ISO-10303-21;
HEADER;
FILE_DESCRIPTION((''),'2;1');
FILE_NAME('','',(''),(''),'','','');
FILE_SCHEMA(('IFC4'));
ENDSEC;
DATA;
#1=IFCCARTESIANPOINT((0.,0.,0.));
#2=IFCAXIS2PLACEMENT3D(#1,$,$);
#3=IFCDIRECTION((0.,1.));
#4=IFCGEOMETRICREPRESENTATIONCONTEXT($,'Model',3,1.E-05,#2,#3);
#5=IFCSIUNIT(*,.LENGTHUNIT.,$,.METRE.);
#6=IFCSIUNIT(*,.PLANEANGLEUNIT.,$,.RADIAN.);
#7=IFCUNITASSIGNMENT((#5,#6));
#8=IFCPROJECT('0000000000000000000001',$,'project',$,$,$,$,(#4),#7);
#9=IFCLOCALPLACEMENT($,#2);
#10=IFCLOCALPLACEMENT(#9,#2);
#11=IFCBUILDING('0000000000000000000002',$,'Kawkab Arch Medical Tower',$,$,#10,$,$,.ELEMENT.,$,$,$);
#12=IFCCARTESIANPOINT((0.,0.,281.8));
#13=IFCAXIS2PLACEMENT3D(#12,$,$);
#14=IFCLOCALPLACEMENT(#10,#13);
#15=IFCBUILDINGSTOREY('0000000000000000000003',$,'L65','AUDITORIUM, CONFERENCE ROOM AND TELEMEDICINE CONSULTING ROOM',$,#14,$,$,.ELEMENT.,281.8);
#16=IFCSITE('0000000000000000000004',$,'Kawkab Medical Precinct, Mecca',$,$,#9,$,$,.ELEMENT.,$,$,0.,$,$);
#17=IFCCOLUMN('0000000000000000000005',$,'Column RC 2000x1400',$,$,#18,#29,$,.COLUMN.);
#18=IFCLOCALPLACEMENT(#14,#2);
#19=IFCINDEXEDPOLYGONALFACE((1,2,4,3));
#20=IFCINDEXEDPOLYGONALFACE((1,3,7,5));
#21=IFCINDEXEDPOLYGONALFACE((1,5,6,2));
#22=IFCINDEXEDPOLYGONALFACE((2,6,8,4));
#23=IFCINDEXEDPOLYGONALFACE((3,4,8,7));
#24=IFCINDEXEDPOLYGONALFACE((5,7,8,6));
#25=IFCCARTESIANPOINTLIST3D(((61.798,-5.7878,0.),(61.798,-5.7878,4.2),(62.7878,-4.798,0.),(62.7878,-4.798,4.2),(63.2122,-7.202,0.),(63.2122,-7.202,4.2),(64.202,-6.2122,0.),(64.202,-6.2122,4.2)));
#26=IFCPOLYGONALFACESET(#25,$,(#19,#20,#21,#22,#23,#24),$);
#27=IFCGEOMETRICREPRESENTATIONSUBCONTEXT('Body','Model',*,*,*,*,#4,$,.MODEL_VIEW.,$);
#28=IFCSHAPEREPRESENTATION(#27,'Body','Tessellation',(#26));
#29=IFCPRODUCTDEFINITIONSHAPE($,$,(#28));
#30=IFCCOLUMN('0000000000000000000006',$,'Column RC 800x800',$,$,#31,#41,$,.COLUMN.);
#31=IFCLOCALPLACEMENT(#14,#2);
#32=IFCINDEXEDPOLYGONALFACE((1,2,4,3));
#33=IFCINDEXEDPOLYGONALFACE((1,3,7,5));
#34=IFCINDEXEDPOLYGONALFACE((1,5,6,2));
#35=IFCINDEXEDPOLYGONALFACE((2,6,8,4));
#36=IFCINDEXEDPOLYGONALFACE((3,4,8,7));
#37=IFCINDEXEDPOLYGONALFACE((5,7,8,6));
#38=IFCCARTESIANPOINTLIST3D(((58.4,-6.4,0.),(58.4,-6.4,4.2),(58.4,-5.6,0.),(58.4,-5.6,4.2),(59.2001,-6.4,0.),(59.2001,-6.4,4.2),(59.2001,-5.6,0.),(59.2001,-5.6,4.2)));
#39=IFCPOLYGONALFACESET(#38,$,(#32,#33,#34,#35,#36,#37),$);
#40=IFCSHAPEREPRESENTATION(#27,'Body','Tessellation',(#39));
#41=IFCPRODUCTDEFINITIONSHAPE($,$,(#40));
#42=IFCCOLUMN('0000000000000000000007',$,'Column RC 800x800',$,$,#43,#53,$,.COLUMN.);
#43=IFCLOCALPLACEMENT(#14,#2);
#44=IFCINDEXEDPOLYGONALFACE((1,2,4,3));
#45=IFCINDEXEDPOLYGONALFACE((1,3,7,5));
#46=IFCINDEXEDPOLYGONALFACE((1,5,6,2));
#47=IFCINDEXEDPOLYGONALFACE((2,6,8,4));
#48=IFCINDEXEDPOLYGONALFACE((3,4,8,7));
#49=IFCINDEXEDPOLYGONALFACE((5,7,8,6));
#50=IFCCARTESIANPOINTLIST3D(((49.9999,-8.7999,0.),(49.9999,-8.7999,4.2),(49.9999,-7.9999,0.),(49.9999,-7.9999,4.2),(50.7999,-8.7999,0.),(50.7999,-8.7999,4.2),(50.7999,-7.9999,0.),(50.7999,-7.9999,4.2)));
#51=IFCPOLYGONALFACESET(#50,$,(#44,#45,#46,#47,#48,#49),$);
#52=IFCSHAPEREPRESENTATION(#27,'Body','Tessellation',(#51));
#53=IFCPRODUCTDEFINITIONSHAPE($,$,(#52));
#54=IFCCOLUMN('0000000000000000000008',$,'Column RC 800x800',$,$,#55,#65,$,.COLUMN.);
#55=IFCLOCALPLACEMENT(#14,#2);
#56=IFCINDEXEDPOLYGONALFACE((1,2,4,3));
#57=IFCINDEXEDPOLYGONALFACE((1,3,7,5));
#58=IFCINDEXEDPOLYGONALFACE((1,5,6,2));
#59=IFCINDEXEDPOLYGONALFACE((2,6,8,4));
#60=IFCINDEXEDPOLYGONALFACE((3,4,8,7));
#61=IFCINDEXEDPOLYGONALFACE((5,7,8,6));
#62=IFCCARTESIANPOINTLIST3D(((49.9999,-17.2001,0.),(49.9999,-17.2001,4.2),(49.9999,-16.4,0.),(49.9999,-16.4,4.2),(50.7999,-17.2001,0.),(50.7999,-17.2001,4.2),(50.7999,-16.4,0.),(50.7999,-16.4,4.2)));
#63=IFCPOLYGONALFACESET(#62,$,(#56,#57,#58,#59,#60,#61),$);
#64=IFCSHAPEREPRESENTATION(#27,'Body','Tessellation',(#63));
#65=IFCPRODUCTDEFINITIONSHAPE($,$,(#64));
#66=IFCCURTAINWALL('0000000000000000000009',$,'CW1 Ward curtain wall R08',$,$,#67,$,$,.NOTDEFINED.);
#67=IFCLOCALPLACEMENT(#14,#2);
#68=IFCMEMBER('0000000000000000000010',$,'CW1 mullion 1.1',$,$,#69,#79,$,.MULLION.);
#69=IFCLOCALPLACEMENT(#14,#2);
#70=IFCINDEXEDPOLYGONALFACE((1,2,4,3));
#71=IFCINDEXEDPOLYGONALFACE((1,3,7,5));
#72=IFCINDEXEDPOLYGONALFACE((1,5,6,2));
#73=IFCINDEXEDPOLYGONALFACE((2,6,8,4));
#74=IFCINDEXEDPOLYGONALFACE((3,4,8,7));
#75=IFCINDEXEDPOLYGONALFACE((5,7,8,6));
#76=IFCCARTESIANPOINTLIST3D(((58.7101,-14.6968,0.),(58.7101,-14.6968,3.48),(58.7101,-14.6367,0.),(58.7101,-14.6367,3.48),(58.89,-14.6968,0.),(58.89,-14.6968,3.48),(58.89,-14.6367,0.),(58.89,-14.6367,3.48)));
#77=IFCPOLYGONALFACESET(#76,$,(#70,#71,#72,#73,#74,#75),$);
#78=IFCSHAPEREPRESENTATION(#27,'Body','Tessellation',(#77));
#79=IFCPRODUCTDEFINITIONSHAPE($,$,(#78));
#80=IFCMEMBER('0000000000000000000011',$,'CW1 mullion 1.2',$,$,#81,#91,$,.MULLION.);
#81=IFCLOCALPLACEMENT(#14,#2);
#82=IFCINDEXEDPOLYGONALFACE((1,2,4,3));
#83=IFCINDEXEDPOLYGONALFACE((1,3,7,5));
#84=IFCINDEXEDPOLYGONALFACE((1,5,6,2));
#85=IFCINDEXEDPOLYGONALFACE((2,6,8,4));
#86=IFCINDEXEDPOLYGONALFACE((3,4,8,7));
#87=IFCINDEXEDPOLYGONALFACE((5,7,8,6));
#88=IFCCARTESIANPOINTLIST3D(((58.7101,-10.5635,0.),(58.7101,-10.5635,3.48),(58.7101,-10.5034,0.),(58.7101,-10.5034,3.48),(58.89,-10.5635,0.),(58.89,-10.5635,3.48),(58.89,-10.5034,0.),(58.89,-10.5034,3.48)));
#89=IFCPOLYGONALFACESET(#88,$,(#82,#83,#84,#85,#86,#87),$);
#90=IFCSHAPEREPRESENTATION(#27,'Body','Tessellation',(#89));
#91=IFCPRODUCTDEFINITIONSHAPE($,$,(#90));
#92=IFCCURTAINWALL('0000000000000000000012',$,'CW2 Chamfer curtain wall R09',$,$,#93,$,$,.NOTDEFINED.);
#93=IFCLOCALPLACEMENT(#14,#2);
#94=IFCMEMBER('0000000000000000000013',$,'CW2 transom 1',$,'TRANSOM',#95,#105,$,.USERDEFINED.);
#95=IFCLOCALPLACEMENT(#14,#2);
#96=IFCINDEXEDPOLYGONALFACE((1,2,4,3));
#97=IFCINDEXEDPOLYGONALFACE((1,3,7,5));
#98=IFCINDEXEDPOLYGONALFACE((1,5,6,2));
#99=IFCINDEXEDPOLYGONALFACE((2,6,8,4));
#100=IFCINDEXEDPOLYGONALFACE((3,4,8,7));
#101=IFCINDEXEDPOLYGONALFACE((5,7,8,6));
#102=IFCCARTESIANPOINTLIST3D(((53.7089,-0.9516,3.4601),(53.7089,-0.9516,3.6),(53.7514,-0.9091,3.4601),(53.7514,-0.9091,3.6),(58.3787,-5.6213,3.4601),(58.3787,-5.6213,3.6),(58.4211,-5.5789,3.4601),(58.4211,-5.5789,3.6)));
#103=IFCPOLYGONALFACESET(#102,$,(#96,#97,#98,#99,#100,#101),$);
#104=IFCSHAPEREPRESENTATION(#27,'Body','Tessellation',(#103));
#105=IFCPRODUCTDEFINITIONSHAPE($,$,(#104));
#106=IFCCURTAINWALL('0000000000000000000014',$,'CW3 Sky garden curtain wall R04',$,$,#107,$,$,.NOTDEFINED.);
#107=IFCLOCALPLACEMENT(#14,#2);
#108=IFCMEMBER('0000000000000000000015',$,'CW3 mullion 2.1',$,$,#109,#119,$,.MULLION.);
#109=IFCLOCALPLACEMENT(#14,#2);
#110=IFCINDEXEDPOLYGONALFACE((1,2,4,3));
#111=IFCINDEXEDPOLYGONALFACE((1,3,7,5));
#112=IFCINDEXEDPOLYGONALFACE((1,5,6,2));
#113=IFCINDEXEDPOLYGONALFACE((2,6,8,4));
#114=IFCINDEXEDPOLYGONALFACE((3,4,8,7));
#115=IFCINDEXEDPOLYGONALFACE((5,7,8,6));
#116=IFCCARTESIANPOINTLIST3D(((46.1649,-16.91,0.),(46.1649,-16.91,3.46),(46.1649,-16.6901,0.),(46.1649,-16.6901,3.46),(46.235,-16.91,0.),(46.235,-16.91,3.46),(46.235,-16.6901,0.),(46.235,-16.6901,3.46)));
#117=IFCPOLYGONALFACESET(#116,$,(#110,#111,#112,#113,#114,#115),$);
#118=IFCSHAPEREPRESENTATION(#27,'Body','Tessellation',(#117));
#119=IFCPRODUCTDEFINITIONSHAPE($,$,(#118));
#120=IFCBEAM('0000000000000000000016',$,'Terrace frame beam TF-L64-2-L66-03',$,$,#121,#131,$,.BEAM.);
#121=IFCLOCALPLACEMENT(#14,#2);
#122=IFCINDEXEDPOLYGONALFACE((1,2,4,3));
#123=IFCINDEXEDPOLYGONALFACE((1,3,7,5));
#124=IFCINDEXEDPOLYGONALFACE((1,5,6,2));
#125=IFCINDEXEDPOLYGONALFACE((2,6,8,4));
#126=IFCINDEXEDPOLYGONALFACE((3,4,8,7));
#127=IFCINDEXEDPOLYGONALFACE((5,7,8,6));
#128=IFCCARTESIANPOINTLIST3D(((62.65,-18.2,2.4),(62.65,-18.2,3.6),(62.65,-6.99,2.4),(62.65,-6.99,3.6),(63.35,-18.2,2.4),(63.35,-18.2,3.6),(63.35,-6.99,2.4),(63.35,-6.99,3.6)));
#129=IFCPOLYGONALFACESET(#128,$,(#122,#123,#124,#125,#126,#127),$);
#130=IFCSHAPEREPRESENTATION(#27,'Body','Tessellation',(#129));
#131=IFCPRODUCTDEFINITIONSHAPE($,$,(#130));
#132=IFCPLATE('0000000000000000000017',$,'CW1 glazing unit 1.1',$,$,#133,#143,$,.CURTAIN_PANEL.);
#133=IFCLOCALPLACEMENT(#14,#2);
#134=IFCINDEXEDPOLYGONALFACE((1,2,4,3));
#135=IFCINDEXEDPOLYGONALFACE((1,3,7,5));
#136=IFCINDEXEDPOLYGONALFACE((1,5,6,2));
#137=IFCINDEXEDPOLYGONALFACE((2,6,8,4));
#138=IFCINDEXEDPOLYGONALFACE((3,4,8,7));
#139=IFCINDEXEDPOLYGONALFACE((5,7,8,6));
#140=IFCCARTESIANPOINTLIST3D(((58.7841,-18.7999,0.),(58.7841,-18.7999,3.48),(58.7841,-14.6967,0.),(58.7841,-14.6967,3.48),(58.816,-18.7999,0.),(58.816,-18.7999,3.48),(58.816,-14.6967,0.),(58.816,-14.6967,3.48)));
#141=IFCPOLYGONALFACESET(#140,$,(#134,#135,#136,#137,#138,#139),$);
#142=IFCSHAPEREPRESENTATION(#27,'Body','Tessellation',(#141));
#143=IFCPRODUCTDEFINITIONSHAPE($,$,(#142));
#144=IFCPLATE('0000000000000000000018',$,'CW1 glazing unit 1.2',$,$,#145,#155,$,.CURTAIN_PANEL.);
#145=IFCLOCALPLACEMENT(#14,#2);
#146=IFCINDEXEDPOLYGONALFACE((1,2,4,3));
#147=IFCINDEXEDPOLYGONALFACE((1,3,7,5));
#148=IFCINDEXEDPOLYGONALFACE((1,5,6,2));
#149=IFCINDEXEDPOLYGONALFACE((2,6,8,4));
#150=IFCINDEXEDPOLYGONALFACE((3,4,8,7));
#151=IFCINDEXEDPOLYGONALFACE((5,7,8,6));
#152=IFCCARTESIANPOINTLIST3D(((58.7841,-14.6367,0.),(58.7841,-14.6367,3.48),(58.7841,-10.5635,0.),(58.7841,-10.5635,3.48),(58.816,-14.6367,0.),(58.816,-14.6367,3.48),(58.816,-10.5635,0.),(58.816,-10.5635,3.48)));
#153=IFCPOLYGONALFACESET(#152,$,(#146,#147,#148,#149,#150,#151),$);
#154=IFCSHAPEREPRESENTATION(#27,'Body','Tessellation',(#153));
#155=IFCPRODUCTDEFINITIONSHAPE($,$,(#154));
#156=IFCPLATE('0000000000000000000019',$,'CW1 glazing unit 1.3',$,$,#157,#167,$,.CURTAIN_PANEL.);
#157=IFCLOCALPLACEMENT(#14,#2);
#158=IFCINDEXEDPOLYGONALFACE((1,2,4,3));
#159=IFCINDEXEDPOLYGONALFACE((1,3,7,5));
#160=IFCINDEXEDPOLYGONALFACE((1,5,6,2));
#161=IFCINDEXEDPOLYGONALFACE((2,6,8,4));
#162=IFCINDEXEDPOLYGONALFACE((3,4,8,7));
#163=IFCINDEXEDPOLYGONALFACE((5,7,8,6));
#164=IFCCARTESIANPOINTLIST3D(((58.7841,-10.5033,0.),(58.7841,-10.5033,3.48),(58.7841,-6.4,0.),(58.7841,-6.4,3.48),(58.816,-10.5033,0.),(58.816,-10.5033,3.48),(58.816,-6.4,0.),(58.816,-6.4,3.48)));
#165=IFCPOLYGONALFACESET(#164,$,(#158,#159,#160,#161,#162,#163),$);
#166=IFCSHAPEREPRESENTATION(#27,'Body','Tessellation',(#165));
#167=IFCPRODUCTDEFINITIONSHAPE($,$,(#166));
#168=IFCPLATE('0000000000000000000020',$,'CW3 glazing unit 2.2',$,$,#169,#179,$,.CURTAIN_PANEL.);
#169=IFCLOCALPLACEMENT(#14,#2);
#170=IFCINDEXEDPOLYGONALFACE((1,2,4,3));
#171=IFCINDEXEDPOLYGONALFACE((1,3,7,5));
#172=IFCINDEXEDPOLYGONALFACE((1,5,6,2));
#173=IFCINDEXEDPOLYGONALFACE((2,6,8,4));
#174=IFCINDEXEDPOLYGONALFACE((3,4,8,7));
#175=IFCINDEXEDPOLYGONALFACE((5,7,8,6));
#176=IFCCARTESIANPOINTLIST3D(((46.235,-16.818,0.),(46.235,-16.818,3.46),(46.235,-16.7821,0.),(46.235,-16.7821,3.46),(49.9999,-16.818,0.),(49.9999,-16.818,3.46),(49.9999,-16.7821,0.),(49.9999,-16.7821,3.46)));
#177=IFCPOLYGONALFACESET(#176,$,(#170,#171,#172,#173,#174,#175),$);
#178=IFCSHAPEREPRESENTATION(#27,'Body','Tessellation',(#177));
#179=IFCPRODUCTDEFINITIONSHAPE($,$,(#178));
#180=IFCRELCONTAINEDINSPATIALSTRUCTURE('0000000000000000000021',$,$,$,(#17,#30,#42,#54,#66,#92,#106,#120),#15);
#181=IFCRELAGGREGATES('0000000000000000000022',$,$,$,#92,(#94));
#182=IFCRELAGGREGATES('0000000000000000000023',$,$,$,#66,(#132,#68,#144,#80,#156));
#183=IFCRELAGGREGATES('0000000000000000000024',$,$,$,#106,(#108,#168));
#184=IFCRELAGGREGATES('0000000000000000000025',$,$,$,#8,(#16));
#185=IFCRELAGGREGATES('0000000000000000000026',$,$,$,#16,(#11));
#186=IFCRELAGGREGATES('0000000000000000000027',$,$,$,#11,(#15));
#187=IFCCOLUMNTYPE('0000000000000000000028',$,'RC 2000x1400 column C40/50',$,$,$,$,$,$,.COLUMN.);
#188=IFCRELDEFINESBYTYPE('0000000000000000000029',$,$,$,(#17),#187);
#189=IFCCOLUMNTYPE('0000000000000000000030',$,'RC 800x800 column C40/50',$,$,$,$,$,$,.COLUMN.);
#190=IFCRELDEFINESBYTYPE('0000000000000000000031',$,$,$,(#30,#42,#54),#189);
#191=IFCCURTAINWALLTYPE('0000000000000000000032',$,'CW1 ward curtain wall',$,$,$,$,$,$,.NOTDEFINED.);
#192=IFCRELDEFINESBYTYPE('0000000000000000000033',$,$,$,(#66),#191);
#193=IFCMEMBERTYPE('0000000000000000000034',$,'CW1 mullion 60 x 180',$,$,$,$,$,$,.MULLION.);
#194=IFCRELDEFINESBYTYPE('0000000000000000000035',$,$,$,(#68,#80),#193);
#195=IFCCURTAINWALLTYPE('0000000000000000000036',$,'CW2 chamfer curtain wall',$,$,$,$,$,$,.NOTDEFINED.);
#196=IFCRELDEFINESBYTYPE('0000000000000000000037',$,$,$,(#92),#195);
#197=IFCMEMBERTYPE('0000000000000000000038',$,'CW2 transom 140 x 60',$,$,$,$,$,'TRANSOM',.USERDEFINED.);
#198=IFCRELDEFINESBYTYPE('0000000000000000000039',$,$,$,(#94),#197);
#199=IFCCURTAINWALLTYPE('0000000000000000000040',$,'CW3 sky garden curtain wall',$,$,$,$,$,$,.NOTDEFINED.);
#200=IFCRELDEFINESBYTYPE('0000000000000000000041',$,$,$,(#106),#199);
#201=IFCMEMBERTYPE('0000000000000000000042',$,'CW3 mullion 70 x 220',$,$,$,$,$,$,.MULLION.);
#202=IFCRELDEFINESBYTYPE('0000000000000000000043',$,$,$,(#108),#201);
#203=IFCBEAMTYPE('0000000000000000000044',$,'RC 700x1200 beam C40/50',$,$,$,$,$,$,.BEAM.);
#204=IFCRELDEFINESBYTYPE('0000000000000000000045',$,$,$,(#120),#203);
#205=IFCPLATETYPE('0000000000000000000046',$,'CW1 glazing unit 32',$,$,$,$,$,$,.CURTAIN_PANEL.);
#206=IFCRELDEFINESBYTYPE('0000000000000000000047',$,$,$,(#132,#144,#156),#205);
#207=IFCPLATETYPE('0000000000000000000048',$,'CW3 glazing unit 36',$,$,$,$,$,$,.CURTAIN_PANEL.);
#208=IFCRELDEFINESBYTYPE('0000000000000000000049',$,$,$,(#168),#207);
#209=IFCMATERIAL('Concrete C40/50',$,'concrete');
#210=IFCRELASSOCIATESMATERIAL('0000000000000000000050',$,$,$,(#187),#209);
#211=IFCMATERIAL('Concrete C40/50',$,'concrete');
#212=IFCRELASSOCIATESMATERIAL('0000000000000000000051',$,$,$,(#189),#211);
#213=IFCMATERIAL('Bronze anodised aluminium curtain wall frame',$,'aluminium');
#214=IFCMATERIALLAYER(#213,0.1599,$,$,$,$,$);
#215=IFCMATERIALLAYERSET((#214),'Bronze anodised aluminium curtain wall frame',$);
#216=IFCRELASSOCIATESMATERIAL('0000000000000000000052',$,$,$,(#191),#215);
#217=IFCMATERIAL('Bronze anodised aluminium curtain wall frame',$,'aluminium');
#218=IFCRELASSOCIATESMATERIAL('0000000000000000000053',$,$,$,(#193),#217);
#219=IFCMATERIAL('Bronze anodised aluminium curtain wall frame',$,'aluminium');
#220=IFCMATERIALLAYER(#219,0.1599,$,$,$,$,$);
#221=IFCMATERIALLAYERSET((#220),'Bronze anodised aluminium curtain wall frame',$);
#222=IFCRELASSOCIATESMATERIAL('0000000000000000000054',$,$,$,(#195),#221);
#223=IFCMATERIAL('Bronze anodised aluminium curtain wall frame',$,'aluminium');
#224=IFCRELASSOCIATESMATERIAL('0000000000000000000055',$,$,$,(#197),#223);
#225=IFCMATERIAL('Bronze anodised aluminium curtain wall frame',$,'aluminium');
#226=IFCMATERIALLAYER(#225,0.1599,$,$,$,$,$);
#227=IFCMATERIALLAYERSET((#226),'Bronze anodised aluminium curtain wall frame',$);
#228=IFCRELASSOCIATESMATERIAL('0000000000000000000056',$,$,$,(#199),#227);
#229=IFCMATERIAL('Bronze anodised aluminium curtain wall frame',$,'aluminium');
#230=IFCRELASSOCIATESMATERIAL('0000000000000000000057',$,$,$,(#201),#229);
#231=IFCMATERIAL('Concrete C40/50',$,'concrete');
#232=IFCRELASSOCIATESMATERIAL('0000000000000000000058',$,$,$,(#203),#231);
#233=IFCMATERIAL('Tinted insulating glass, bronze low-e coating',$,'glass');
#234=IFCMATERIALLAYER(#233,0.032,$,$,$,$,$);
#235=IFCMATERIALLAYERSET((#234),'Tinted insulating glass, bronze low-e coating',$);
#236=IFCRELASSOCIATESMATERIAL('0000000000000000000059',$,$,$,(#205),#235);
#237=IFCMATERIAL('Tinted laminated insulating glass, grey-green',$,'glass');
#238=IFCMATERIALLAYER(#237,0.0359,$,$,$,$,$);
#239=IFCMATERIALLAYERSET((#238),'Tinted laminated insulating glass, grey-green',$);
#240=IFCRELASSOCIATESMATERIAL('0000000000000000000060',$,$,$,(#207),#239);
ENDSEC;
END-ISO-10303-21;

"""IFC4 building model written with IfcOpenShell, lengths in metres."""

from ifc_helpers import new_model, si_unit, direction, frame, origin, origin_2d, place, context, subcontext, project, spatial, rectangle, extrude, material, layer, layer_set, material_profile, profile_set, type_object, element, aggregate, save


model = new_model("IFC4")

# Units and contexts
model_context = context("Model", 3, precision=1e-05, world=origin(), true_north=direction((0.0, 1.0)))
body_context = subcontext(model_context, "Body", "Model", "MODEL_VIEW")
ifc_project = project(units=[si_unit("LENGTHUNIT", "METRE"), si_unit("PLANEANGLEUNIT", "RADIAN")], contexts=[model_context])

# Site, building, storey
site_placement = place(None, origin())
site = spatial("IfcSite", under=ifc_project, at=site_placement, Name="Kawkab Medical Precinct, Mecca", CompositionType="ELEMENT", RefElevation=0.0)
building_placement = place(site_placement, origin())
building = spatial("IfcBuilding", under=site, at=building_placement, Name="Kawkab Arch Medical Tower", CompositionType="ELEMENT")
storey_placement = place(building_placement, frame((0.0, 0.0, 281.8)))
storey = spatial("IfcBuildingStorey", under=building, at=storey_placement, Name="L65", Description="AUDITORIUM, CONFERENCE ROOM AND TELEMEDICINE CONSULTING ROOM", CompositionType="ELEMENT", Elevation=281.8)

# Columns
ifc_material_1 = material(Name="Concrete C40/50", Category="concrete")
ifc_material_profile_1 = material_profile(ifc_material_1, rectangle(XDim=2.0, YDim=1.3999, at=origin_2d()), Name="RC 2000x1400")
ifc_profile_set_1 = profile_set([ifc_material_profile_1], Name="Concrete C40/50")
column_type_1 = type_object("IfcColumnType", Name="RC 2000x1400 column C40/50", PredefinedType="COLUMN", material=ifc_profile_set_1)
column_placement = place(storey_placement, frame((63.0, -6.0, 0.0), z_axis=(0.0, 0.0, 1.0), x_axis=(0.707107, -0.707107, 0.0)))
element("IfcColumn", 1, at=column_placement, inside=storey, type_object=column_type_1, Name="Column RC 2000x1400", PredefinedType="COLUMN", context=body_context, shape_type="SweptSolid", body=[
    extrude(rectangle(XDim=2.0, YDim=1.3999, at=origin_2d()), origin(), (0.0, 0.0, 1.0), 4.2),
])
ifc_material_2 = material(Name="Concrete C40/50", Category="concrete")
ifc_material_profile_2 = material_profile(ifc_material_2, rectangle(XDim=0.8, YDim=0.8, at=origin_2d()), Name="RC 800x800")
ifc_profile_set_2 = profile_set([ifc_material_profile_2], Name="Concrete C40/50")
column_type_2 = type_object("IfcColumnType", Name="RC 800x800 column C40/50", PredefinedType="COLUMN", material=ifc_profile_set_2)
for number, where, z_axis, x_axis, name in (
    (2, (58.8, -6.0, 0.0), (0.0, 0.0, 1.0), (1.0, 0.0, 0.0), "Column RC 800x800"),
    (3, (50.3999, -8.3999, 0.0), (0.0, 0.0, 1.0), (1.0, 0.0, 0.0), "Column RC 800x800"),
    (4, (50.3999, -16.8, 0.0), (0.0, 0.0, 1.0), (1.0, 0.0, 0.0), "Column RC 800x800"),
):
    element("IfcColumn", number, at=place(storey_placement, frame(where, z_axis=z_axis, x_axis=x_axis)), inside=storey, type_object=column_type_2, Name=name, PredefinedType="COLUMN", context=body_context, shape_type="SweptSolid", body=[
        extrude(rectangle(XDim=0.8, YDim=0.8, at=origin_2d()), origin(), (0.0, 0.0, 1.0), 4.2),
    ])

# Curtain wall, members
ifc_material_3 = material(Name="Bronze anodised aluminium curtain wall frame", Category="aluminium")
ifc_layer_1 = layer(ifc_material_3, 0.1599)
ifc_layer_set_1 = layer_set([ifc_layer_1], Name="Bronze anodised aluminium curtain wall frame")
curtain_wall_type_1 = type_object("IfcCurtainWallType", Name="CW1 ward curtain wall", PredefinedType="NOTDEFINED", material=ifc_layer_set_1)
placement = place(storey_placement, origin())
curtain_wall_1 = element("IfcCurtainWall", 5, at=placement, inside=storey, type_object=curtain_wall_type_1, Name="CW1 Ward curtain wall R08", PredefinedType="NOTDEFINED")
ifc_material_4 = material(Name="Bronze anodised aluminium curtain wall frame", Category="aluminium")
ifc_material_profile_3 = material_profile(ifc_material_4, rectangle(XDim=0.1799, YDim=0.0601, at=origin_2d()), Name="AL 60x180")
ifc_profile_set_3 = profile_set([ifc_material_profile_3], Name="Bronze anodised aluminium curtain wall frame")
member_type_1 = type_object("IfcMemberType", Name="CW1 mullion 60 x 180", PredefinedType="MULLION", material=ifc_profile_set_3)
member_1_placement = place(storey_placement, frame((58.8, -14.6667, 0.0), z_axis=(0.0, 0.0, 1.0), x_axis=(-1.0, 0.0, 0.0)))
member_1 = element("IfcMember", 6, at=member_1_placement, type_object=member_type_1, Name="CW1 mullion 1.1", PredefinedType="MULLION", context=body_context, shape_type="SweptSolid", body=[
    extrude(rectangle(XDim=0.1799, YDim=0.0601, at=origin_2d()), origin(), (0.0, 0.0, 1.0), 3.48),
])
member_2_placement = place(storey_placement, frame((58.8, -10.5334, 0.0), z_axis=(0.0, 0.0, 1.0), x_axis=(-1.0, 0.0, 0.0)))
member_2 = element("IfcMember", 7, at=member_2_placement, type_object=member_type_1, Name="CW1 mullion 1.2", PredefinedType="MULLION", context=body_context, shape_type="SweptSolid", body=[
    extrude(rectangle(XDim=0.1799, YDim=0.0601, at=origin_2d()), origin(), (0.0, 0.0, 1.0), 3.48),
])

# Curtain walls, members
ifc_material_5 = material(Name="Bronze anodised aluminium curtain wall frame", Category="aluminium")
ifc_layer_2 = layer(ifc_material_5, 0.1599)
ifc_layer_set_2 = layer_set([ifc_layer_2], Name="Bronze anodised aluminium curtain wall frame")
curtain_wall_type_2 = type_object("IfcCurtainWallType", Name="CW2 chamfer curtain wall", PredefinedType="NOTDEFINED", material=ifc_layer_set_2)
curtain_wall_2 = element("IfcCurtainWall", 8, at=placement, inside=storey, type_object=curtain_wall_type_2, Name="CW2 Chamfer curtain wall R09", PredefinedType="NOTDEFINED")
ifc_material_6 = material(Name="Bronze anodised aluminium curtain wall frame", Category="aluminium")
ifc_material_profile_4 = material_profile(ifc_material_6, rectangle(XDim=0.0601, YDim=0.1399, at=origin_2d()), Name="AL 60x140")
ifc_profile_set_4 = profile_set([ifc_material_profile_4], Name="Bronze anodised aluminium curtain wall frame")
member_type_2 = type_object("IfcMemberType", Name="CW2 transom 140 x 60", ElementType="TRANSOM", PredefinedType="USERDEFINED", material=ifc_profile_set_4)
member_3_placement = place(storey_placement, frame((58.3999, -5.6001, 3.53), z_axis=(-0.707107, 0.707107, 0.0), x_axis=(-0.707107, -0.707107, 0.0)))
member_3 = element("IfcMember", 9, at=member_3_placement, type_object=member_type_2, Name="CW2 transom 1", ObjectType="TRANSOM", PredefinedType="USERDEFINED", context=body_context, shape_type="SweptSolid", body=[
    extrude(rectangle(XDim=0.0601, YDim=0.1399, at=origin_2d()), origin(), (0.0, 0.0, 1.0), 6.604),
])
aggregate(curtain_wall_2, [member_3])
ifc_material_7 = material(Name="Bronze anodised aluminium curtain wall frame", Category="aluminium")
ifc_layer_3 = layer(ifc_material_7, 0.1599)
ifc_layer_set_3 = layer_set([ifc_layer_3], Name="Bronze anodised aluminium curtain wall frame")
curtain_wall_type_3 = type_object("IfcCurtainWallType", Name="CW3 sky garden curtain wall", PredefinedType="NOTDEFINED", material=ifc_layer_set_3)
curtain_wall_3 = element("IfcCurtainWall", 10, at=placement, inside=storey, type_object=curtain_wall_type_3, Name="CW3 Sky garden curtain wall R04", PredefinedType="NOTDEFINED")
ifc_material_8 = material(Name="Bronze anodised aluminium curtain wall frame", Category="aluminium")
ifc_material_profile_5 = material_profile(ifc_material_8, rectangle(XDim=0.22, YDim=0.0701, at=origin_2d()), Name="AL 70x220")
ifc_profile_set_5 = profile_set([ifc_material_profile_5], Name="Bronze anodised aluminium curtain wall frame")
member_type_3 = type_object("IfcMemberType", Name="CW3 mullion 70 x 220", PredefinedType="MULLION", material=ifc_profile_set_5)
member_4_placement = place(storey_placement, frame((46.2, -16.8, 0.0), z_axis=(0.0, 0.0, 1.0), x_axis=(0.0, 1.0, 0.0)))
member_4 = element("IfcMember", 11, at=member_4_placement, type_object=member_type_3, Name="CW3 mullion 2.1", PredefinedType="MULLION", context=body_context, shape_type="SweptSolid", body=[
    extrude(rectangle(XDim=0.22, YDim=0.0701, at=origin_2d()), origin(), (0.0, 0.0, 1.0), 3.46),
])

# Beam
ifc_material_9 = material(Name="Concrete C40/50", Category="concrete")
ifc_material_profile_6 = material_profile(ifc_material_9, rectangle(XDim=0.7, YDim=1.2, at=origin_2d()), Name="RC 700x1200")
ifc_profile_set_6 = profile_set([ifc_material_profile_6], Name="Concrete C40/50")
beam_type = type_object("IfcBeamType", Name="RC 700x1200 beam C40/50", PredefinedType="BEAM", material=ifc_profile_set_6)
beam_placement = place(storey_placement, frame((63.0, -6.99, 3.0), z_axis=(0.0, -1.0, 0.0), x_axis=(1.0, 0.0, 0.0)))
element("IfcBeam", 12, at=beam_placement, inside=storey, type_object=beam_type, Name="Terrace frame beam TF-L64-2-L66-03", PredefinedType="BEAM", context=body_context, shape_type="SweptSolid", body=[
    extrude(rectangle(XDim=0.7, YDim=1.2, at=origin_2d()), origin(), (0.0, 0.0, 1.0), 11.21),
])

# Plates
ifc_material_10 = material(Name="Tinted insulating glass, bronze low-e coating", Category="glass")
ifc_layer_4 = layer(ifc_material_10, 0.032)
ifc_layer_set_4 = layer_set([ifc_layer_4], Name="Tinted insulating glass, bronze low-e coating")
plate_type_1 = type_object("IfcPlateType", Name="CW1 glazing unit 32", PredefinedType="CURTAIN_PANEL", material=ifc_layer_set_4)
plate_1_placement = place(storey_placement, frame((58.8, -16.7483, 0.0), z_axis=(0.0, 0.0, 1.0), x_axis=(0.0, 1.0, 0.0)))
plate_1 = element("IfcPlate", 13, at=plate_1_placement, type_object=plate_type_1, Name="CW1 glazing unit 1.1", PredefinedType="CURTAIN_PANEL", context=body_context, shape_type="SweptSolid", body=[
    extrude(rectangle(XDim=4.1033, YDim=0.032, at=origin_2d()), origin(), (0.0, 0.0, 1.0), 3.48),
])
plate_2_placement = place(storey_placement, frame((58.8, -12.6001, 0.0), z_axis=(0.0, 0.0, 1.0), x_axis=(0.0, 1.0, 0.0)))
plate_2 = element("IfcPlate", 14, at=plate_2_placement, type_object=plate_type_1, Name="CW1 glazing unit 1.2", PredefinedType="CURTAIN_PANEL", context=body_context, shape_type="SweptSolid", body=[
    extrude(rectangle(XDim=4.0732, YDim=0.032, at=origin_2d()), origin(), (0.0, 0.0, 1.0), 3.48),
])
plate_3_placement = place(storey_placement, frame((58.8, -8.4517, 0.0), z_axis=(0.0, 0.0, 1.0), x_axis=(0.0, 1.0, 0.0)))
plate_3 = element("IfcPlate", 15, at=plate_3_placement, type_object=plate_type_1, Name="CW1 glazing unit 1.3", PredefinedType="CURTAIN_PANEL", context=body_context, shape_type="SweptSolid", body=[
    extrude(rectangle(XDim=4.1033, YDim=0.032, at=origin_2d()), origin(), (0.0, 0.0, 1.0), 3.48),
])
aggregate(curtain_wall_1, [plate_1, member_1, plate_2, member_2, plate_3])
ifc_material_11 = material(Name="Tinted laminated insulating glass, grey-green", Category="glass")
ifc_layer_5 = layer(ifc_material_11, 0.0359)
ifc_layer_set_5 = layer_set([ifc_layer_5], Name="Tinted laminated insulating glass, grey-green")
plate_type_2 = type_object("IfcPlateType", Name="CW3 glazing unit 36", PredefinedType="CURTAIN_PANEL", material=ifc_layer_set_5)
plate_4_placement = place(storey_placement, frame((48.1174, -16.8, 0.0), z_axis=(0.0, 0.0, 1.0), x_axis=(1.0, 0.0, 0.0)))
plate_4 = element("IfcPlate", 16, at=plate_4_placement, type_object=plate_type_2, Name="CW3 glazing unit 2.2", PredefinedType="CURTAIN_PANEL", context=body_context, shape_type="SweptSolid", body=[
    extrude(rectangle(XDim=3.7649, YDim=0.0359, at=origin_2d()), origin(), (0.0, 0.0, 1.0), 3.46),
])
aggregate(curtain_wall_3, [member_4, plate_4])

save(model, "model.ifc")
